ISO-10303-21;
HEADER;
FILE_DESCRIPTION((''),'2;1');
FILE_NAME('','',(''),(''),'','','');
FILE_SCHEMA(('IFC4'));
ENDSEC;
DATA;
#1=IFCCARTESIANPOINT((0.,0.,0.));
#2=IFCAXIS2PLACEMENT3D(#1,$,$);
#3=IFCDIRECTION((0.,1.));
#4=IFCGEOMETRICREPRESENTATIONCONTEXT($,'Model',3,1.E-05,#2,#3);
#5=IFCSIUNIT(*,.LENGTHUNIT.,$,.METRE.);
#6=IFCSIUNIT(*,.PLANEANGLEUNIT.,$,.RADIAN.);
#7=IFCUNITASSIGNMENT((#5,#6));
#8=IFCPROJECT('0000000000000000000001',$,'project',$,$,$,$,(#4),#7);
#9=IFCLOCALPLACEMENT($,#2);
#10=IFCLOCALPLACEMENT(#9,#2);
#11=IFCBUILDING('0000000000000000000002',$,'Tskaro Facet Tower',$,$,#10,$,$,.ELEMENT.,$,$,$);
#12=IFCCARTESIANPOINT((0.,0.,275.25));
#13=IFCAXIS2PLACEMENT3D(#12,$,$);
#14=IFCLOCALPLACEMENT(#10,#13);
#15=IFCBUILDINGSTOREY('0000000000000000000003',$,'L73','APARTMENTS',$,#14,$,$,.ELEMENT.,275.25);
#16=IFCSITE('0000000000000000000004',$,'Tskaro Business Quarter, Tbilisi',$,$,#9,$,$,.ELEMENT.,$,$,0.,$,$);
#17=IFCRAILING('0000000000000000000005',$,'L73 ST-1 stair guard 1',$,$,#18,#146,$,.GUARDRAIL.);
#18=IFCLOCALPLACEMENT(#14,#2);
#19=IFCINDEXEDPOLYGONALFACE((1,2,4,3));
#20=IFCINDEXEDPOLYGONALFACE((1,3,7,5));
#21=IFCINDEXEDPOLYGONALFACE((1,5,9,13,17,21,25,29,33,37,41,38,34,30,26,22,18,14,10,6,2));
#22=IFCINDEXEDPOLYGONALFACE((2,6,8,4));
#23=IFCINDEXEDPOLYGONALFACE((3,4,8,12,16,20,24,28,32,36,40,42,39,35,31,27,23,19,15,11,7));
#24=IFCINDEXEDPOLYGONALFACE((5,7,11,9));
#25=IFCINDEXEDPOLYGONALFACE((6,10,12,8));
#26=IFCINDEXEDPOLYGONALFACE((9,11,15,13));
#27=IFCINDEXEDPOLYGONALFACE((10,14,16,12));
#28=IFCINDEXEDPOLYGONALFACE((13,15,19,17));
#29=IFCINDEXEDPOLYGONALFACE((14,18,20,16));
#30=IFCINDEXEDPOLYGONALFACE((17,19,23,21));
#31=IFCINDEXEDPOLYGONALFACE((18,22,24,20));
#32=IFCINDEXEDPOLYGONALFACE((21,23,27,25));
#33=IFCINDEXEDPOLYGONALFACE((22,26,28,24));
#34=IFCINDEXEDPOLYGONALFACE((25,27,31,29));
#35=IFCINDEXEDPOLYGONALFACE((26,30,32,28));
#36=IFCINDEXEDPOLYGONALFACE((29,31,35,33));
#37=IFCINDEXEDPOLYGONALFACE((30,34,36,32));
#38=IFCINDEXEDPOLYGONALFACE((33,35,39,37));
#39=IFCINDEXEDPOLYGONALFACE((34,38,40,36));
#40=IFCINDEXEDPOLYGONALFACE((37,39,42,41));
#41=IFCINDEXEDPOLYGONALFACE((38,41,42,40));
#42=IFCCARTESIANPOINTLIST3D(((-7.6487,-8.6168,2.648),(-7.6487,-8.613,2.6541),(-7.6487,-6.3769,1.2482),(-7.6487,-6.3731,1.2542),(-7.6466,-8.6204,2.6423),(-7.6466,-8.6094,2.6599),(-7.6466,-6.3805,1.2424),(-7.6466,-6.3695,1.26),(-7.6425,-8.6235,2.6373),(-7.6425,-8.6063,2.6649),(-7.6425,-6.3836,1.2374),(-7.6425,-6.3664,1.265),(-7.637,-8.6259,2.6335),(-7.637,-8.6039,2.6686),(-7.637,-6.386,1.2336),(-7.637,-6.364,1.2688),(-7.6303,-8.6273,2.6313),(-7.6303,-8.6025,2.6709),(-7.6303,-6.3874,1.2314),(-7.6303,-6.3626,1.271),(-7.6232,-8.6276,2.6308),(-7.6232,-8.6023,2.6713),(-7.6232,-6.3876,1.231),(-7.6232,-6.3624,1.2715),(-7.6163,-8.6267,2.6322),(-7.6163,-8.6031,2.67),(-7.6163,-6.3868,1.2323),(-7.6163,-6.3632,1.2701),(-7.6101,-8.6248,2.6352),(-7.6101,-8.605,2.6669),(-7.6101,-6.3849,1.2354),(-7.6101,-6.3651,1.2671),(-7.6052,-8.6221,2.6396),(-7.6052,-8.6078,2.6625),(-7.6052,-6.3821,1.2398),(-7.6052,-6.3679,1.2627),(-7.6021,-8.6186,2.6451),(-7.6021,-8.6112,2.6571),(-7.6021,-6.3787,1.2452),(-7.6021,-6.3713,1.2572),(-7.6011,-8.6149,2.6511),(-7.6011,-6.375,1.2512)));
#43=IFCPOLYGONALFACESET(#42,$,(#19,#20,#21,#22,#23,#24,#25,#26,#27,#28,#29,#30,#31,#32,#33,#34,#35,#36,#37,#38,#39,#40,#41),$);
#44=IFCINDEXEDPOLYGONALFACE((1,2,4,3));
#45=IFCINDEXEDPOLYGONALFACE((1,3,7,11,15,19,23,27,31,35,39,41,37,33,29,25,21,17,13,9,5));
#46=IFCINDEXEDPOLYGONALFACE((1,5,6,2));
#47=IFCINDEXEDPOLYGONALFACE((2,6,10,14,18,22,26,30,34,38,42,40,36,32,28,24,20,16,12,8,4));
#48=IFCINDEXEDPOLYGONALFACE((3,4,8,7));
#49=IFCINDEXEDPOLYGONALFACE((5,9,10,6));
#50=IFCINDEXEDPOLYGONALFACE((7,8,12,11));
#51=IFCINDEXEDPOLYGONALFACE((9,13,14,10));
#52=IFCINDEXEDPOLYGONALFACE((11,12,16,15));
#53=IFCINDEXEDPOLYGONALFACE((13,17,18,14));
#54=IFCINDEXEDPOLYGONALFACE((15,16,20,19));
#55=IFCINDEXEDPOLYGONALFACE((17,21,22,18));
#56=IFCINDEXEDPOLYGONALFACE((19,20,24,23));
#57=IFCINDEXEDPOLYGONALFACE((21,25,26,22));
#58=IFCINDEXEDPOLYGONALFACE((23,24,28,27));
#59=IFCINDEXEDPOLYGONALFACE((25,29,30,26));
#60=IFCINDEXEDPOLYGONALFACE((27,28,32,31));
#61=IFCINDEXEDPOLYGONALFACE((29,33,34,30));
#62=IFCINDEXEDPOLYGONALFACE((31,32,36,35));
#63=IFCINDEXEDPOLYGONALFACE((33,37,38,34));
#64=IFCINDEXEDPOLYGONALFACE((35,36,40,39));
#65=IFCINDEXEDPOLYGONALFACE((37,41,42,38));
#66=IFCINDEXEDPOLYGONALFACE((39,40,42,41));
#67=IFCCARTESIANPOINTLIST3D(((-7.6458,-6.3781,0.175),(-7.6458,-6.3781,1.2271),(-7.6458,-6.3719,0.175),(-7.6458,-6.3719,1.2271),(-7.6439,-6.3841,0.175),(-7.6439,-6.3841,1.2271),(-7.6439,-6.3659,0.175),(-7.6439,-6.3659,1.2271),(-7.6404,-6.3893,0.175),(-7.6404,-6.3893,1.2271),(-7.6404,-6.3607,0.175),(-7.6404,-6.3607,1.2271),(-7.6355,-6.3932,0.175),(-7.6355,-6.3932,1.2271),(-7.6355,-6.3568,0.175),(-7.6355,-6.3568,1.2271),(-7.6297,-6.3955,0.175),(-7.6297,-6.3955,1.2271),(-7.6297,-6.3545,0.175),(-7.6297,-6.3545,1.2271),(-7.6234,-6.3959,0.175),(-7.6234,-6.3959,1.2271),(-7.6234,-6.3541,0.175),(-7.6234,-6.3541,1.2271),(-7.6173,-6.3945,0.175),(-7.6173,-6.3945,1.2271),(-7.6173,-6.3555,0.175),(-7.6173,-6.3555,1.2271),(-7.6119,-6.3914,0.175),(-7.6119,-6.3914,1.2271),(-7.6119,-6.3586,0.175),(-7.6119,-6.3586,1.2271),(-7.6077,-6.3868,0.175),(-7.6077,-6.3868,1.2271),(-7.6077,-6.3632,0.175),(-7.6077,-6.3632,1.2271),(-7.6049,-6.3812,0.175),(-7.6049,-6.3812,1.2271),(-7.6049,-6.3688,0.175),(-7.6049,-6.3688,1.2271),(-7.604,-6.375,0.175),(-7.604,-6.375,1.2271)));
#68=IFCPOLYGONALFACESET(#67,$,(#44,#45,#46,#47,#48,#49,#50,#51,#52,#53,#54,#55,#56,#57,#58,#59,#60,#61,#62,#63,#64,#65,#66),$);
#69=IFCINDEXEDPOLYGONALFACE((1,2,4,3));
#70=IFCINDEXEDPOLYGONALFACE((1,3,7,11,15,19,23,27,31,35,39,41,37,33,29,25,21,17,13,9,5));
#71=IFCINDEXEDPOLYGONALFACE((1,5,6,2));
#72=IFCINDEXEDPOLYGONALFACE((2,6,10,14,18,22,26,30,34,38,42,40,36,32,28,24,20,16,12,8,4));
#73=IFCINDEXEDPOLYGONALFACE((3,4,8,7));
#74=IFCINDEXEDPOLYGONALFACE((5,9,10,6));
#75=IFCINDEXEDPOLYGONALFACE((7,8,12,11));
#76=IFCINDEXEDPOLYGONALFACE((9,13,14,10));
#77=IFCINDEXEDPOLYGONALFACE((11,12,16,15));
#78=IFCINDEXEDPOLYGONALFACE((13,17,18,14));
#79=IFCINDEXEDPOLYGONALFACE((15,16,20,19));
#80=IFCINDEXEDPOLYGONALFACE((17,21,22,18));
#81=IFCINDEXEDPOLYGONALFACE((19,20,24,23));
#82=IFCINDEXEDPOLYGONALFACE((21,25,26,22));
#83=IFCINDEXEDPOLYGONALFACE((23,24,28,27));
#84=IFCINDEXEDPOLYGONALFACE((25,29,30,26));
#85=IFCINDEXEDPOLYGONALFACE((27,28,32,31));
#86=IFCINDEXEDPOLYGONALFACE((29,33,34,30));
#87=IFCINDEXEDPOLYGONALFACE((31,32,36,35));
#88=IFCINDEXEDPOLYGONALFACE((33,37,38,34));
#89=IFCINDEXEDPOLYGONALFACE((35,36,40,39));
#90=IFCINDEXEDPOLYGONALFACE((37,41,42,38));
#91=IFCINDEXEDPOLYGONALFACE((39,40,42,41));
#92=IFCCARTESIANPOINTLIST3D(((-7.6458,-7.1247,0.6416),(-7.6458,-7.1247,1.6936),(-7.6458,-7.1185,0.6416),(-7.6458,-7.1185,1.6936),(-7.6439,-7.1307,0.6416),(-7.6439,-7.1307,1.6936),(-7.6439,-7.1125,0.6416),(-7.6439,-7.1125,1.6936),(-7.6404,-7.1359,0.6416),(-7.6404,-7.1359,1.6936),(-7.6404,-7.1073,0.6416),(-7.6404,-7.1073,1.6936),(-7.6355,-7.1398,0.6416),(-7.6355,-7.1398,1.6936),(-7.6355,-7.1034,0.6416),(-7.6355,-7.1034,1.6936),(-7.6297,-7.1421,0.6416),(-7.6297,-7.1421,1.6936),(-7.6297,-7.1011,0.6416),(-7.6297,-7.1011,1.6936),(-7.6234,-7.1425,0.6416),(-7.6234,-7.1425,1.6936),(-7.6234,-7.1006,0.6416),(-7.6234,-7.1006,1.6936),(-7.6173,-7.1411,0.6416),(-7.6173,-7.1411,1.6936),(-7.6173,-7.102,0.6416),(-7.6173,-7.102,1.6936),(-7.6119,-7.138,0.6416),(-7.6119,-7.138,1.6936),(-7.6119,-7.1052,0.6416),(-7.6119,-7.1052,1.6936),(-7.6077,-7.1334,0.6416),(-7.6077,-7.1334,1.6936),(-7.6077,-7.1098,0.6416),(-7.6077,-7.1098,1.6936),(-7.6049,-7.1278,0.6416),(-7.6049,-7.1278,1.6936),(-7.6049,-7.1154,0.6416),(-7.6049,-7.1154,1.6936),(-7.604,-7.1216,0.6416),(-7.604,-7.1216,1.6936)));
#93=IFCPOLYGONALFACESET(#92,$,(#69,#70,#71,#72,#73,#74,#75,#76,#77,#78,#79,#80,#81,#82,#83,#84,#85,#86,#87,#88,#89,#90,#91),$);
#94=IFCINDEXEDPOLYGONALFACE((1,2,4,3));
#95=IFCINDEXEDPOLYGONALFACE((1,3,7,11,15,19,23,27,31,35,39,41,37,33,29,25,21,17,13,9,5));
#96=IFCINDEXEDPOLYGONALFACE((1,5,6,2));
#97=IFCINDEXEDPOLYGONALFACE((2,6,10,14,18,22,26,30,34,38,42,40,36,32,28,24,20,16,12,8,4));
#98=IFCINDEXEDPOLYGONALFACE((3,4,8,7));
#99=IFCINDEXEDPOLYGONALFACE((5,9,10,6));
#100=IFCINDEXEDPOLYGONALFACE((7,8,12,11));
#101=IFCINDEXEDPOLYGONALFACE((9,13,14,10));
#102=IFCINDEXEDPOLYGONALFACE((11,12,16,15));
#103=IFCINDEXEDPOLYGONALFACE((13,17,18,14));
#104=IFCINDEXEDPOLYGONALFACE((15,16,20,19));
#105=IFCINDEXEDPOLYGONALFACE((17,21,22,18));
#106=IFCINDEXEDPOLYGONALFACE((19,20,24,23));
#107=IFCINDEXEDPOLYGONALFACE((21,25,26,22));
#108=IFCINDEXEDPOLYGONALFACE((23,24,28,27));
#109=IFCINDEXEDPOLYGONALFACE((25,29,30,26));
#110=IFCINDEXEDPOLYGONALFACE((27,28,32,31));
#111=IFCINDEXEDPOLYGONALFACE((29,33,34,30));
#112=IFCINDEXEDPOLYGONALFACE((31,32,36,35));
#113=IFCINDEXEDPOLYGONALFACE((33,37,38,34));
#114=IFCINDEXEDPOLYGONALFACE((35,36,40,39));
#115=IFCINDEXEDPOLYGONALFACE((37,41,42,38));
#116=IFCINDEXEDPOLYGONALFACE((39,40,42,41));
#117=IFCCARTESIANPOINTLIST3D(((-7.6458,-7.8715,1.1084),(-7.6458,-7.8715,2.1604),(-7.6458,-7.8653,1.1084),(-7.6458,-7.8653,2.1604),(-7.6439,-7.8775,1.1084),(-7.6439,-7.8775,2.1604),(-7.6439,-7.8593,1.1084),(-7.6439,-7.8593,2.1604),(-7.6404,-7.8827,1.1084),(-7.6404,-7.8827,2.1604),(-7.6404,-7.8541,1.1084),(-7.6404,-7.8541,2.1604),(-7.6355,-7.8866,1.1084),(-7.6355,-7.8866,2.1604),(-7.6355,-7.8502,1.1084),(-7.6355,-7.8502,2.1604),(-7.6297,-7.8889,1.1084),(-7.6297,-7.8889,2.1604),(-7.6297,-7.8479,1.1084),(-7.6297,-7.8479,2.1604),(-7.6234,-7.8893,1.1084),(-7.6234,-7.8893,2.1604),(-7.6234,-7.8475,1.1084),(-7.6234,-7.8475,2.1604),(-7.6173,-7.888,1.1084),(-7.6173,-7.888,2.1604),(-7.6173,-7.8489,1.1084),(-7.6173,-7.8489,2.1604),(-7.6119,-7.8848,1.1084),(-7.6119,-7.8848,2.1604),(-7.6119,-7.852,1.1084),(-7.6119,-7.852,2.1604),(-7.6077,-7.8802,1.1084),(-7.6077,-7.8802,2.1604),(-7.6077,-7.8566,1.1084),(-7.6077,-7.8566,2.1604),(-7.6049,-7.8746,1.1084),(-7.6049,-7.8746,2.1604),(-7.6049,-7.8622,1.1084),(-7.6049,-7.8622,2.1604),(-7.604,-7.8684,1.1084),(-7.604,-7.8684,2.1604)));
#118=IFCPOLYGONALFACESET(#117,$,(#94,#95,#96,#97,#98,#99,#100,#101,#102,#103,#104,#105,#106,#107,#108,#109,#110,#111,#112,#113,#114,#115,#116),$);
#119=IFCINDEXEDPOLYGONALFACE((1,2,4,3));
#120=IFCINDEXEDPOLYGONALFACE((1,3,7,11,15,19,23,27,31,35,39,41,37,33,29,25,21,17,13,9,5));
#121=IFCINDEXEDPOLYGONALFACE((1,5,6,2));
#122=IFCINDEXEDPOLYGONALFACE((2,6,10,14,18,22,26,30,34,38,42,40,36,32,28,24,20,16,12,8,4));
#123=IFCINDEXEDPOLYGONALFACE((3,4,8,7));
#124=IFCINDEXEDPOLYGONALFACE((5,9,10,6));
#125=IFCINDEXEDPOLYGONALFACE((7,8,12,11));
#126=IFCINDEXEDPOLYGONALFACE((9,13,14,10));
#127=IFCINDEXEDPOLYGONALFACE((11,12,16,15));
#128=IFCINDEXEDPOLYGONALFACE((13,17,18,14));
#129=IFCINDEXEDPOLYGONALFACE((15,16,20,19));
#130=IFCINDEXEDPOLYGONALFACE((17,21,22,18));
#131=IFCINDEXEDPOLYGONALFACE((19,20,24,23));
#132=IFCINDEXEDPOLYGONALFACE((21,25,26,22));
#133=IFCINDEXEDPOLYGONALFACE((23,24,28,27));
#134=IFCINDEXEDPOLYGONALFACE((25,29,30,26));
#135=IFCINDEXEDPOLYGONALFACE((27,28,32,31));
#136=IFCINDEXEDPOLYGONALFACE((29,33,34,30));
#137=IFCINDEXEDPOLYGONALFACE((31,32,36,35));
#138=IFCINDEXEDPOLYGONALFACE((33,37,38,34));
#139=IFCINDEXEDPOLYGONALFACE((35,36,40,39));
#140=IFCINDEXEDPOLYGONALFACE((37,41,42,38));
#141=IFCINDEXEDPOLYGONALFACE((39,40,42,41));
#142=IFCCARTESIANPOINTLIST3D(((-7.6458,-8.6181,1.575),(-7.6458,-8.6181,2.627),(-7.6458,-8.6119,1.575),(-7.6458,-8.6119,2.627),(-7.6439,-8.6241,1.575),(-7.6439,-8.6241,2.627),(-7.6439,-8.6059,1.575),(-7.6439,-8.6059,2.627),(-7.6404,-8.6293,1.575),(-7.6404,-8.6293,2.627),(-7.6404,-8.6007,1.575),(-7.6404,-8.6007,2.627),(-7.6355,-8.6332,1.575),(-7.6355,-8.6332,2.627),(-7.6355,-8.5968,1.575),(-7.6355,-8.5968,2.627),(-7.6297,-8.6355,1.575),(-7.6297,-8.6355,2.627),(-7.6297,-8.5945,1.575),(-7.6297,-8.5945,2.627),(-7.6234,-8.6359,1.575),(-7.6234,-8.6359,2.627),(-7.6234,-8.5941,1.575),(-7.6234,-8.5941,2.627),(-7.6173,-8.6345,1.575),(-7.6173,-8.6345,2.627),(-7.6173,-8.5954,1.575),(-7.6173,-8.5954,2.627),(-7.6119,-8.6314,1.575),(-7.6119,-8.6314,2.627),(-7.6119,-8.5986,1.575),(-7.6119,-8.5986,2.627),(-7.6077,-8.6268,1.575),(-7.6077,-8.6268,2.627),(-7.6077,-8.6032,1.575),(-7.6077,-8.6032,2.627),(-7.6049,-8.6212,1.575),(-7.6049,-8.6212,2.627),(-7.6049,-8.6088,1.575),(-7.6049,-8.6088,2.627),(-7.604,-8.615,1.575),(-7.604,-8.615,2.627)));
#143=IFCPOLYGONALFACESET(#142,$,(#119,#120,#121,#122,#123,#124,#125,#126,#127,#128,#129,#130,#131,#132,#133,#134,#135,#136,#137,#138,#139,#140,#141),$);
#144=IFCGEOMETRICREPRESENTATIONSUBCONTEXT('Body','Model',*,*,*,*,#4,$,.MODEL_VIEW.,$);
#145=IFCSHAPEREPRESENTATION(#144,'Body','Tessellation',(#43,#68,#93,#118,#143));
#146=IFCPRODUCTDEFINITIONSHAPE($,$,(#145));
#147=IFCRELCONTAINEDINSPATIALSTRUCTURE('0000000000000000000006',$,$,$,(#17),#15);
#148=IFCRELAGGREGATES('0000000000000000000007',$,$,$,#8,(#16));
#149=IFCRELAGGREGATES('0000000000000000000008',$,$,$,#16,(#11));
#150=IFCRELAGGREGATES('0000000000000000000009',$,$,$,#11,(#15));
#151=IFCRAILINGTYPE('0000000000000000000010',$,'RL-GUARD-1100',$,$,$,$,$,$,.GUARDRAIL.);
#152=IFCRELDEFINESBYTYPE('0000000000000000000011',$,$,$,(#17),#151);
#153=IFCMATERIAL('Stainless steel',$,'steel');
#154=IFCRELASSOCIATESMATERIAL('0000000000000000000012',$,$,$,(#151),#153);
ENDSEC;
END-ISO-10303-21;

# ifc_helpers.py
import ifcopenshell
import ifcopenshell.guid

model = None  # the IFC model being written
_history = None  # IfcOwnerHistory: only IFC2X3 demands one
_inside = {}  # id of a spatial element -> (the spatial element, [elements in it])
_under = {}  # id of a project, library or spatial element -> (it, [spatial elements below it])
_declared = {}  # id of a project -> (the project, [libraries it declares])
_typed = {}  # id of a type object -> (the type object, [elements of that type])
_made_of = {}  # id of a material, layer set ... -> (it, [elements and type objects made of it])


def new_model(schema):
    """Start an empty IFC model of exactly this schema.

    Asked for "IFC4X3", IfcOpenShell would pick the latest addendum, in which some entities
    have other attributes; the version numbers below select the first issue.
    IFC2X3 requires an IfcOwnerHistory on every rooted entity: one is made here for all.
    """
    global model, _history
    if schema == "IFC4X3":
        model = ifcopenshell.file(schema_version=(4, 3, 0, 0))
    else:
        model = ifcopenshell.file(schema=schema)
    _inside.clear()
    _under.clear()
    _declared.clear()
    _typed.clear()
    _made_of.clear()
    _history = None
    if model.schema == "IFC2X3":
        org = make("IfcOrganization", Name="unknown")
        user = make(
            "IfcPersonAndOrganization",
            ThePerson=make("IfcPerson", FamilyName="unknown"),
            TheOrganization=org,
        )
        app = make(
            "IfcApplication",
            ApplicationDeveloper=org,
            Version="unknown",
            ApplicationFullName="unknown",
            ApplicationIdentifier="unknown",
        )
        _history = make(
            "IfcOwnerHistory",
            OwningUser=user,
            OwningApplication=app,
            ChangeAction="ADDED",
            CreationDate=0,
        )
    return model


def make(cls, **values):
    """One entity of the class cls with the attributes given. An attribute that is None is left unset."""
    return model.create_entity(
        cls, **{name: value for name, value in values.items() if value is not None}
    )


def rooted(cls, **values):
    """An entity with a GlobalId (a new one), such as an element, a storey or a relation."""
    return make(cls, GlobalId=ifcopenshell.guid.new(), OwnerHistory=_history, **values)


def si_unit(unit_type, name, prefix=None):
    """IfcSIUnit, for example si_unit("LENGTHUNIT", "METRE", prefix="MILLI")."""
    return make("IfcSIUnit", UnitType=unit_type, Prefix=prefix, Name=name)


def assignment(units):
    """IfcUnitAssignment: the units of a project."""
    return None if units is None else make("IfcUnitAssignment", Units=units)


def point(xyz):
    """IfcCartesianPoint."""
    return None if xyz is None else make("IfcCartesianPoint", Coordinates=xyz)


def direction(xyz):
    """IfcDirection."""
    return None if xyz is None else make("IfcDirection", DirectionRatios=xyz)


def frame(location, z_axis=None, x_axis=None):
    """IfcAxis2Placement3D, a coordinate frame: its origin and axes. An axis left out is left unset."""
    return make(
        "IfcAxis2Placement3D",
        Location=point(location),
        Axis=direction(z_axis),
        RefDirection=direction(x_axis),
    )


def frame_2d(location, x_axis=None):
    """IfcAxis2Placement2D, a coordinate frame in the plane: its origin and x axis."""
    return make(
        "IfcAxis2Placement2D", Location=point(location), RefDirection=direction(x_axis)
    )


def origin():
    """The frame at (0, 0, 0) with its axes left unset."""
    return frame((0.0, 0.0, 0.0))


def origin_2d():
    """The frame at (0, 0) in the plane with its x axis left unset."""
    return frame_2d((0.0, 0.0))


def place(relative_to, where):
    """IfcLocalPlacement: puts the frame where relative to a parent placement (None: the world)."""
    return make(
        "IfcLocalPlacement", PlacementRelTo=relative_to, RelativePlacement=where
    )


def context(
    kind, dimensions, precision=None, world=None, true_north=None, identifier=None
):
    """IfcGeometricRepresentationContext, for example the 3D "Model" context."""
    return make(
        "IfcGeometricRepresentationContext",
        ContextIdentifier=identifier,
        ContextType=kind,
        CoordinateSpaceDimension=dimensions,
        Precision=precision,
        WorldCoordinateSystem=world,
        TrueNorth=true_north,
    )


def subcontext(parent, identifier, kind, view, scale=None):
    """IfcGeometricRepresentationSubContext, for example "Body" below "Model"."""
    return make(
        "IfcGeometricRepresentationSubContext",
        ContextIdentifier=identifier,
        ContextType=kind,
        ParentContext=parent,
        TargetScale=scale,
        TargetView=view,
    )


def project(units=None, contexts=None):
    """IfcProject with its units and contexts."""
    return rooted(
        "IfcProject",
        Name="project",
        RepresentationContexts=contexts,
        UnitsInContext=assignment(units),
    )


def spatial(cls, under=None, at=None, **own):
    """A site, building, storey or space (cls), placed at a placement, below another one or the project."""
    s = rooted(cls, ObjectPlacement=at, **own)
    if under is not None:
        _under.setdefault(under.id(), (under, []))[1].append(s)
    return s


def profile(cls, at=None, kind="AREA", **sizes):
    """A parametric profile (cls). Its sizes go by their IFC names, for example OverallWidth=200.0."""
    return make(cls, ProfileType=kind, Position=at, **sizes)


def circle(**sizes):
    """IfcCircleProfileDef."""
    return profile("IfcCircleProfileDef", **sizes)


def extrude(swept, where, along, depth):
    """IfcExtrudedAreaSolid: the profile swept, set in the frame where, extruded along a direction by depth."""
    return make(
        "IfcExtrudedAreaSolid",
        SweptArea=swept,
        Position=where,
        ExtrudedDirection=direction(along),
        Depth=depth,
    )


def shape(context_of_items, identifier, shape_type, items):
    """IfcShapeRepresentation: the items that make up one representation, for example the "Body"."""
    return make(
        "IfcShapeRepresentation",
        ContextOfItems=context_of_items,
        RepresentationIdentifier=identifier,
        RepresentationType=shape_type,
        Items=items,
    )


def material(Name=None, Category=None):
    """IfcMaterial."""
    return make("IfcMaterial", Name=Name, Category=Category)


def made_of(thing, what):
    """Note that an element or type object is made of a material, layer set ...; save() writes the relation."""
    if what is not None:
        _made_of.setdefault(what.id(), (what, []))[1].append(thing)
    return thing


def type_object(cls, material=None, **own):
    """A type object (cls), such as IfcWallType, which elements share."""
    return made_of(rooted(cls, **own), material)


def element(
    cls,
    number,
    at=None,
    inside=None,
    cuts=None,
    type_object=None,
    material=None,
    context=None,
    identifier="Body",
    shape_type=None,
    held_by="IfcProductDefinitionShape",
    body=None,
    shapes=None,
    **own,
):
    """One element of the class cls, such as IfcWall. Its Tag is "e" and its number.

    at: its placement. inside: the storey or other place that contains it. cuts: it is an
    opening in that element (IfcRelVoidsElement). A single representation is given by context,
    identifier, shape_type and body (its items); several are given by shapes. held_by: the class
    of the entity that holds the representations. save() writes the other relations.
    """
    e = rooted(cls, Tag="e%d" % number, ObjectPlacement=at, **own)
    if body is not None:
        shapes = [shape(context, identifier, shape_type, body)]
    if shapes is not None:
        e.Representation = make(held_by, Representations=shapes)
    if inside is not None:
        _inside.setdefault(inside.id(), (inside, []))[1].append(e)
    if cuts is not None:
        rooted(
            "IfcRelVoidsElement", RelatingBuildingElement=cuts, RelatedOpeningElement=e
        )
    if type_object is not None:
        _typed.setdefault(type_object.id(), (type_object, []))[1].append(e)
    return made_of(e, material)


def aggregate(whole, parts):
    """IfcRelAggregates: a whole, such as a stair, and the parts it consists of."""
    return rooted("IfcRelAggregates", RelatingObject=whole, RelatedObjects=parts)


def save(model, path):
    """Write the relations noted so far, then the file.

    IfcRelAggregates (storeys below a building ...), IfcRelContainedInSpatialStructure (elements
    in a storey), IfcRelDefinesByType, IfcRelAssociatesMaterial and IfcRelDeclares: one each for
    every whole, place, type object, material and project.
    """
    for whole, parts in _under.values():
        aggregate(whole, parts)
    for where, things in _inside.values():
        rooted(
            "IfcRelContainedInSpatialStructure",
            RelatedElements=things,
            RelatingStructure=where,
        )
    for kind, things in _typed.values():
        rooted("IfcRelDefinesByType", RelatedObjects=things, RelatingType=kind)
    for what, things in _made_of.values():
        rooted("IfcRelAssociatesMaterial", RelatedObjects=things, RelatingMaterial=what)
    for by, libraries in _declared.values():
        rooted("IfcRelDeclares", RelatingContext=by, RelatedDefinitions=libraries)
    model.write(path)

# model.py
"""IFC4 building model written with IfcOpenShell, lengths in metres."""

from ifc_helpers import new_model, si_unit, direction, frame, origin, origin_2d, place, context, subcontext, project, spatial, circle, extrude, material, type_object, element, save


model = new_model("IFC4")

# Units and contexts
model_context = context("Model", 3, precision=1e-05, world=origin(), true_north=direction((0.0, 1.0)))
body_context = subcontext(model_context, "Body", "Model", "MODEL_VIEW")
ifc_project = project(units=[si_unit("LENGTHUNIT", "METRE"), si_unit("PLANEANGLEUNIT", "RADIAN")], contexts=[model_context])

# Site, building, storey
site_placement = place(None, origin())
site = spatial("IfcSite", under=ifc_project, at=site_placement, Name="Tskaro Business Quarter, Tbilisi", CompositionType="ELEMENT", RefElevation=0.0)
building_placement = place(site_placement, origin())
building = spatial("IfcBuilding", under=site, at=building_placement, Name="Tskaro Facet Tower", CompositionType="ELEMENT")
storey_placement = place(building_placement, frame((0.0, 0.0, 275.25)))
storey = spatial("IfcBuildingStorey", under=building, at=storey_placement, Name="L73", Description="APARTMENTS", CompositionType="ELEMENT", Elevation=275.25)

# Shared definitions
ifc_material_1 = material(Name="Stainless steel", Category="steel")

# Railing
railing_type_1 = type_object("IfcRailingType", Name="RL-GUARD-1100", PredefinedType="GUARDRAIL", material=ifc_material_1)
railing_1_placement = place(storey_placement, frame((-7.625, -6.375, 0.175)))
element("IfcRailing", 1, at=railing_1_placement, inside=storey, type_object=railing_type_1, Name="L73 ST-1 stair guard 1", PredefinedType="GUARDRAIL", context=body_context, shape_type="SweptSolid", body=[
    extrude(circle(Radius=0.0239, at=origin_2d()), frame((0.0, 0.0, 1.0762), z_axis=(0.0, -0.848014, 0.529974), x_axis=(1.0, 0.0, 0.0)), (0.0, 0.0, 1.0), 2.6414),
    extrude(circle(Radius=0.021, at=origin_2d()), origin(), (0.0, 0.0, 1.0), 1.052),
    extrude(circle(Radius=0.021, at=origin_2d()), frame((0.0, -0.7466, 0.4666)), (0.0, 0.0, 1.0), 1.052),
    extrude(circle(Radius=0.021, at=origin_2d()), frame((0.0, -1.4934, 0.9333)), (0.0, 0.0, 1.0), 1.052),
    extrude(circle(Radius=0.021, at=origin_2d()), frame((0.0, -2.24, 1.3999)), (0.0, 0.0, 1.0), 1.052),
])

save(model, "model.ifc")
